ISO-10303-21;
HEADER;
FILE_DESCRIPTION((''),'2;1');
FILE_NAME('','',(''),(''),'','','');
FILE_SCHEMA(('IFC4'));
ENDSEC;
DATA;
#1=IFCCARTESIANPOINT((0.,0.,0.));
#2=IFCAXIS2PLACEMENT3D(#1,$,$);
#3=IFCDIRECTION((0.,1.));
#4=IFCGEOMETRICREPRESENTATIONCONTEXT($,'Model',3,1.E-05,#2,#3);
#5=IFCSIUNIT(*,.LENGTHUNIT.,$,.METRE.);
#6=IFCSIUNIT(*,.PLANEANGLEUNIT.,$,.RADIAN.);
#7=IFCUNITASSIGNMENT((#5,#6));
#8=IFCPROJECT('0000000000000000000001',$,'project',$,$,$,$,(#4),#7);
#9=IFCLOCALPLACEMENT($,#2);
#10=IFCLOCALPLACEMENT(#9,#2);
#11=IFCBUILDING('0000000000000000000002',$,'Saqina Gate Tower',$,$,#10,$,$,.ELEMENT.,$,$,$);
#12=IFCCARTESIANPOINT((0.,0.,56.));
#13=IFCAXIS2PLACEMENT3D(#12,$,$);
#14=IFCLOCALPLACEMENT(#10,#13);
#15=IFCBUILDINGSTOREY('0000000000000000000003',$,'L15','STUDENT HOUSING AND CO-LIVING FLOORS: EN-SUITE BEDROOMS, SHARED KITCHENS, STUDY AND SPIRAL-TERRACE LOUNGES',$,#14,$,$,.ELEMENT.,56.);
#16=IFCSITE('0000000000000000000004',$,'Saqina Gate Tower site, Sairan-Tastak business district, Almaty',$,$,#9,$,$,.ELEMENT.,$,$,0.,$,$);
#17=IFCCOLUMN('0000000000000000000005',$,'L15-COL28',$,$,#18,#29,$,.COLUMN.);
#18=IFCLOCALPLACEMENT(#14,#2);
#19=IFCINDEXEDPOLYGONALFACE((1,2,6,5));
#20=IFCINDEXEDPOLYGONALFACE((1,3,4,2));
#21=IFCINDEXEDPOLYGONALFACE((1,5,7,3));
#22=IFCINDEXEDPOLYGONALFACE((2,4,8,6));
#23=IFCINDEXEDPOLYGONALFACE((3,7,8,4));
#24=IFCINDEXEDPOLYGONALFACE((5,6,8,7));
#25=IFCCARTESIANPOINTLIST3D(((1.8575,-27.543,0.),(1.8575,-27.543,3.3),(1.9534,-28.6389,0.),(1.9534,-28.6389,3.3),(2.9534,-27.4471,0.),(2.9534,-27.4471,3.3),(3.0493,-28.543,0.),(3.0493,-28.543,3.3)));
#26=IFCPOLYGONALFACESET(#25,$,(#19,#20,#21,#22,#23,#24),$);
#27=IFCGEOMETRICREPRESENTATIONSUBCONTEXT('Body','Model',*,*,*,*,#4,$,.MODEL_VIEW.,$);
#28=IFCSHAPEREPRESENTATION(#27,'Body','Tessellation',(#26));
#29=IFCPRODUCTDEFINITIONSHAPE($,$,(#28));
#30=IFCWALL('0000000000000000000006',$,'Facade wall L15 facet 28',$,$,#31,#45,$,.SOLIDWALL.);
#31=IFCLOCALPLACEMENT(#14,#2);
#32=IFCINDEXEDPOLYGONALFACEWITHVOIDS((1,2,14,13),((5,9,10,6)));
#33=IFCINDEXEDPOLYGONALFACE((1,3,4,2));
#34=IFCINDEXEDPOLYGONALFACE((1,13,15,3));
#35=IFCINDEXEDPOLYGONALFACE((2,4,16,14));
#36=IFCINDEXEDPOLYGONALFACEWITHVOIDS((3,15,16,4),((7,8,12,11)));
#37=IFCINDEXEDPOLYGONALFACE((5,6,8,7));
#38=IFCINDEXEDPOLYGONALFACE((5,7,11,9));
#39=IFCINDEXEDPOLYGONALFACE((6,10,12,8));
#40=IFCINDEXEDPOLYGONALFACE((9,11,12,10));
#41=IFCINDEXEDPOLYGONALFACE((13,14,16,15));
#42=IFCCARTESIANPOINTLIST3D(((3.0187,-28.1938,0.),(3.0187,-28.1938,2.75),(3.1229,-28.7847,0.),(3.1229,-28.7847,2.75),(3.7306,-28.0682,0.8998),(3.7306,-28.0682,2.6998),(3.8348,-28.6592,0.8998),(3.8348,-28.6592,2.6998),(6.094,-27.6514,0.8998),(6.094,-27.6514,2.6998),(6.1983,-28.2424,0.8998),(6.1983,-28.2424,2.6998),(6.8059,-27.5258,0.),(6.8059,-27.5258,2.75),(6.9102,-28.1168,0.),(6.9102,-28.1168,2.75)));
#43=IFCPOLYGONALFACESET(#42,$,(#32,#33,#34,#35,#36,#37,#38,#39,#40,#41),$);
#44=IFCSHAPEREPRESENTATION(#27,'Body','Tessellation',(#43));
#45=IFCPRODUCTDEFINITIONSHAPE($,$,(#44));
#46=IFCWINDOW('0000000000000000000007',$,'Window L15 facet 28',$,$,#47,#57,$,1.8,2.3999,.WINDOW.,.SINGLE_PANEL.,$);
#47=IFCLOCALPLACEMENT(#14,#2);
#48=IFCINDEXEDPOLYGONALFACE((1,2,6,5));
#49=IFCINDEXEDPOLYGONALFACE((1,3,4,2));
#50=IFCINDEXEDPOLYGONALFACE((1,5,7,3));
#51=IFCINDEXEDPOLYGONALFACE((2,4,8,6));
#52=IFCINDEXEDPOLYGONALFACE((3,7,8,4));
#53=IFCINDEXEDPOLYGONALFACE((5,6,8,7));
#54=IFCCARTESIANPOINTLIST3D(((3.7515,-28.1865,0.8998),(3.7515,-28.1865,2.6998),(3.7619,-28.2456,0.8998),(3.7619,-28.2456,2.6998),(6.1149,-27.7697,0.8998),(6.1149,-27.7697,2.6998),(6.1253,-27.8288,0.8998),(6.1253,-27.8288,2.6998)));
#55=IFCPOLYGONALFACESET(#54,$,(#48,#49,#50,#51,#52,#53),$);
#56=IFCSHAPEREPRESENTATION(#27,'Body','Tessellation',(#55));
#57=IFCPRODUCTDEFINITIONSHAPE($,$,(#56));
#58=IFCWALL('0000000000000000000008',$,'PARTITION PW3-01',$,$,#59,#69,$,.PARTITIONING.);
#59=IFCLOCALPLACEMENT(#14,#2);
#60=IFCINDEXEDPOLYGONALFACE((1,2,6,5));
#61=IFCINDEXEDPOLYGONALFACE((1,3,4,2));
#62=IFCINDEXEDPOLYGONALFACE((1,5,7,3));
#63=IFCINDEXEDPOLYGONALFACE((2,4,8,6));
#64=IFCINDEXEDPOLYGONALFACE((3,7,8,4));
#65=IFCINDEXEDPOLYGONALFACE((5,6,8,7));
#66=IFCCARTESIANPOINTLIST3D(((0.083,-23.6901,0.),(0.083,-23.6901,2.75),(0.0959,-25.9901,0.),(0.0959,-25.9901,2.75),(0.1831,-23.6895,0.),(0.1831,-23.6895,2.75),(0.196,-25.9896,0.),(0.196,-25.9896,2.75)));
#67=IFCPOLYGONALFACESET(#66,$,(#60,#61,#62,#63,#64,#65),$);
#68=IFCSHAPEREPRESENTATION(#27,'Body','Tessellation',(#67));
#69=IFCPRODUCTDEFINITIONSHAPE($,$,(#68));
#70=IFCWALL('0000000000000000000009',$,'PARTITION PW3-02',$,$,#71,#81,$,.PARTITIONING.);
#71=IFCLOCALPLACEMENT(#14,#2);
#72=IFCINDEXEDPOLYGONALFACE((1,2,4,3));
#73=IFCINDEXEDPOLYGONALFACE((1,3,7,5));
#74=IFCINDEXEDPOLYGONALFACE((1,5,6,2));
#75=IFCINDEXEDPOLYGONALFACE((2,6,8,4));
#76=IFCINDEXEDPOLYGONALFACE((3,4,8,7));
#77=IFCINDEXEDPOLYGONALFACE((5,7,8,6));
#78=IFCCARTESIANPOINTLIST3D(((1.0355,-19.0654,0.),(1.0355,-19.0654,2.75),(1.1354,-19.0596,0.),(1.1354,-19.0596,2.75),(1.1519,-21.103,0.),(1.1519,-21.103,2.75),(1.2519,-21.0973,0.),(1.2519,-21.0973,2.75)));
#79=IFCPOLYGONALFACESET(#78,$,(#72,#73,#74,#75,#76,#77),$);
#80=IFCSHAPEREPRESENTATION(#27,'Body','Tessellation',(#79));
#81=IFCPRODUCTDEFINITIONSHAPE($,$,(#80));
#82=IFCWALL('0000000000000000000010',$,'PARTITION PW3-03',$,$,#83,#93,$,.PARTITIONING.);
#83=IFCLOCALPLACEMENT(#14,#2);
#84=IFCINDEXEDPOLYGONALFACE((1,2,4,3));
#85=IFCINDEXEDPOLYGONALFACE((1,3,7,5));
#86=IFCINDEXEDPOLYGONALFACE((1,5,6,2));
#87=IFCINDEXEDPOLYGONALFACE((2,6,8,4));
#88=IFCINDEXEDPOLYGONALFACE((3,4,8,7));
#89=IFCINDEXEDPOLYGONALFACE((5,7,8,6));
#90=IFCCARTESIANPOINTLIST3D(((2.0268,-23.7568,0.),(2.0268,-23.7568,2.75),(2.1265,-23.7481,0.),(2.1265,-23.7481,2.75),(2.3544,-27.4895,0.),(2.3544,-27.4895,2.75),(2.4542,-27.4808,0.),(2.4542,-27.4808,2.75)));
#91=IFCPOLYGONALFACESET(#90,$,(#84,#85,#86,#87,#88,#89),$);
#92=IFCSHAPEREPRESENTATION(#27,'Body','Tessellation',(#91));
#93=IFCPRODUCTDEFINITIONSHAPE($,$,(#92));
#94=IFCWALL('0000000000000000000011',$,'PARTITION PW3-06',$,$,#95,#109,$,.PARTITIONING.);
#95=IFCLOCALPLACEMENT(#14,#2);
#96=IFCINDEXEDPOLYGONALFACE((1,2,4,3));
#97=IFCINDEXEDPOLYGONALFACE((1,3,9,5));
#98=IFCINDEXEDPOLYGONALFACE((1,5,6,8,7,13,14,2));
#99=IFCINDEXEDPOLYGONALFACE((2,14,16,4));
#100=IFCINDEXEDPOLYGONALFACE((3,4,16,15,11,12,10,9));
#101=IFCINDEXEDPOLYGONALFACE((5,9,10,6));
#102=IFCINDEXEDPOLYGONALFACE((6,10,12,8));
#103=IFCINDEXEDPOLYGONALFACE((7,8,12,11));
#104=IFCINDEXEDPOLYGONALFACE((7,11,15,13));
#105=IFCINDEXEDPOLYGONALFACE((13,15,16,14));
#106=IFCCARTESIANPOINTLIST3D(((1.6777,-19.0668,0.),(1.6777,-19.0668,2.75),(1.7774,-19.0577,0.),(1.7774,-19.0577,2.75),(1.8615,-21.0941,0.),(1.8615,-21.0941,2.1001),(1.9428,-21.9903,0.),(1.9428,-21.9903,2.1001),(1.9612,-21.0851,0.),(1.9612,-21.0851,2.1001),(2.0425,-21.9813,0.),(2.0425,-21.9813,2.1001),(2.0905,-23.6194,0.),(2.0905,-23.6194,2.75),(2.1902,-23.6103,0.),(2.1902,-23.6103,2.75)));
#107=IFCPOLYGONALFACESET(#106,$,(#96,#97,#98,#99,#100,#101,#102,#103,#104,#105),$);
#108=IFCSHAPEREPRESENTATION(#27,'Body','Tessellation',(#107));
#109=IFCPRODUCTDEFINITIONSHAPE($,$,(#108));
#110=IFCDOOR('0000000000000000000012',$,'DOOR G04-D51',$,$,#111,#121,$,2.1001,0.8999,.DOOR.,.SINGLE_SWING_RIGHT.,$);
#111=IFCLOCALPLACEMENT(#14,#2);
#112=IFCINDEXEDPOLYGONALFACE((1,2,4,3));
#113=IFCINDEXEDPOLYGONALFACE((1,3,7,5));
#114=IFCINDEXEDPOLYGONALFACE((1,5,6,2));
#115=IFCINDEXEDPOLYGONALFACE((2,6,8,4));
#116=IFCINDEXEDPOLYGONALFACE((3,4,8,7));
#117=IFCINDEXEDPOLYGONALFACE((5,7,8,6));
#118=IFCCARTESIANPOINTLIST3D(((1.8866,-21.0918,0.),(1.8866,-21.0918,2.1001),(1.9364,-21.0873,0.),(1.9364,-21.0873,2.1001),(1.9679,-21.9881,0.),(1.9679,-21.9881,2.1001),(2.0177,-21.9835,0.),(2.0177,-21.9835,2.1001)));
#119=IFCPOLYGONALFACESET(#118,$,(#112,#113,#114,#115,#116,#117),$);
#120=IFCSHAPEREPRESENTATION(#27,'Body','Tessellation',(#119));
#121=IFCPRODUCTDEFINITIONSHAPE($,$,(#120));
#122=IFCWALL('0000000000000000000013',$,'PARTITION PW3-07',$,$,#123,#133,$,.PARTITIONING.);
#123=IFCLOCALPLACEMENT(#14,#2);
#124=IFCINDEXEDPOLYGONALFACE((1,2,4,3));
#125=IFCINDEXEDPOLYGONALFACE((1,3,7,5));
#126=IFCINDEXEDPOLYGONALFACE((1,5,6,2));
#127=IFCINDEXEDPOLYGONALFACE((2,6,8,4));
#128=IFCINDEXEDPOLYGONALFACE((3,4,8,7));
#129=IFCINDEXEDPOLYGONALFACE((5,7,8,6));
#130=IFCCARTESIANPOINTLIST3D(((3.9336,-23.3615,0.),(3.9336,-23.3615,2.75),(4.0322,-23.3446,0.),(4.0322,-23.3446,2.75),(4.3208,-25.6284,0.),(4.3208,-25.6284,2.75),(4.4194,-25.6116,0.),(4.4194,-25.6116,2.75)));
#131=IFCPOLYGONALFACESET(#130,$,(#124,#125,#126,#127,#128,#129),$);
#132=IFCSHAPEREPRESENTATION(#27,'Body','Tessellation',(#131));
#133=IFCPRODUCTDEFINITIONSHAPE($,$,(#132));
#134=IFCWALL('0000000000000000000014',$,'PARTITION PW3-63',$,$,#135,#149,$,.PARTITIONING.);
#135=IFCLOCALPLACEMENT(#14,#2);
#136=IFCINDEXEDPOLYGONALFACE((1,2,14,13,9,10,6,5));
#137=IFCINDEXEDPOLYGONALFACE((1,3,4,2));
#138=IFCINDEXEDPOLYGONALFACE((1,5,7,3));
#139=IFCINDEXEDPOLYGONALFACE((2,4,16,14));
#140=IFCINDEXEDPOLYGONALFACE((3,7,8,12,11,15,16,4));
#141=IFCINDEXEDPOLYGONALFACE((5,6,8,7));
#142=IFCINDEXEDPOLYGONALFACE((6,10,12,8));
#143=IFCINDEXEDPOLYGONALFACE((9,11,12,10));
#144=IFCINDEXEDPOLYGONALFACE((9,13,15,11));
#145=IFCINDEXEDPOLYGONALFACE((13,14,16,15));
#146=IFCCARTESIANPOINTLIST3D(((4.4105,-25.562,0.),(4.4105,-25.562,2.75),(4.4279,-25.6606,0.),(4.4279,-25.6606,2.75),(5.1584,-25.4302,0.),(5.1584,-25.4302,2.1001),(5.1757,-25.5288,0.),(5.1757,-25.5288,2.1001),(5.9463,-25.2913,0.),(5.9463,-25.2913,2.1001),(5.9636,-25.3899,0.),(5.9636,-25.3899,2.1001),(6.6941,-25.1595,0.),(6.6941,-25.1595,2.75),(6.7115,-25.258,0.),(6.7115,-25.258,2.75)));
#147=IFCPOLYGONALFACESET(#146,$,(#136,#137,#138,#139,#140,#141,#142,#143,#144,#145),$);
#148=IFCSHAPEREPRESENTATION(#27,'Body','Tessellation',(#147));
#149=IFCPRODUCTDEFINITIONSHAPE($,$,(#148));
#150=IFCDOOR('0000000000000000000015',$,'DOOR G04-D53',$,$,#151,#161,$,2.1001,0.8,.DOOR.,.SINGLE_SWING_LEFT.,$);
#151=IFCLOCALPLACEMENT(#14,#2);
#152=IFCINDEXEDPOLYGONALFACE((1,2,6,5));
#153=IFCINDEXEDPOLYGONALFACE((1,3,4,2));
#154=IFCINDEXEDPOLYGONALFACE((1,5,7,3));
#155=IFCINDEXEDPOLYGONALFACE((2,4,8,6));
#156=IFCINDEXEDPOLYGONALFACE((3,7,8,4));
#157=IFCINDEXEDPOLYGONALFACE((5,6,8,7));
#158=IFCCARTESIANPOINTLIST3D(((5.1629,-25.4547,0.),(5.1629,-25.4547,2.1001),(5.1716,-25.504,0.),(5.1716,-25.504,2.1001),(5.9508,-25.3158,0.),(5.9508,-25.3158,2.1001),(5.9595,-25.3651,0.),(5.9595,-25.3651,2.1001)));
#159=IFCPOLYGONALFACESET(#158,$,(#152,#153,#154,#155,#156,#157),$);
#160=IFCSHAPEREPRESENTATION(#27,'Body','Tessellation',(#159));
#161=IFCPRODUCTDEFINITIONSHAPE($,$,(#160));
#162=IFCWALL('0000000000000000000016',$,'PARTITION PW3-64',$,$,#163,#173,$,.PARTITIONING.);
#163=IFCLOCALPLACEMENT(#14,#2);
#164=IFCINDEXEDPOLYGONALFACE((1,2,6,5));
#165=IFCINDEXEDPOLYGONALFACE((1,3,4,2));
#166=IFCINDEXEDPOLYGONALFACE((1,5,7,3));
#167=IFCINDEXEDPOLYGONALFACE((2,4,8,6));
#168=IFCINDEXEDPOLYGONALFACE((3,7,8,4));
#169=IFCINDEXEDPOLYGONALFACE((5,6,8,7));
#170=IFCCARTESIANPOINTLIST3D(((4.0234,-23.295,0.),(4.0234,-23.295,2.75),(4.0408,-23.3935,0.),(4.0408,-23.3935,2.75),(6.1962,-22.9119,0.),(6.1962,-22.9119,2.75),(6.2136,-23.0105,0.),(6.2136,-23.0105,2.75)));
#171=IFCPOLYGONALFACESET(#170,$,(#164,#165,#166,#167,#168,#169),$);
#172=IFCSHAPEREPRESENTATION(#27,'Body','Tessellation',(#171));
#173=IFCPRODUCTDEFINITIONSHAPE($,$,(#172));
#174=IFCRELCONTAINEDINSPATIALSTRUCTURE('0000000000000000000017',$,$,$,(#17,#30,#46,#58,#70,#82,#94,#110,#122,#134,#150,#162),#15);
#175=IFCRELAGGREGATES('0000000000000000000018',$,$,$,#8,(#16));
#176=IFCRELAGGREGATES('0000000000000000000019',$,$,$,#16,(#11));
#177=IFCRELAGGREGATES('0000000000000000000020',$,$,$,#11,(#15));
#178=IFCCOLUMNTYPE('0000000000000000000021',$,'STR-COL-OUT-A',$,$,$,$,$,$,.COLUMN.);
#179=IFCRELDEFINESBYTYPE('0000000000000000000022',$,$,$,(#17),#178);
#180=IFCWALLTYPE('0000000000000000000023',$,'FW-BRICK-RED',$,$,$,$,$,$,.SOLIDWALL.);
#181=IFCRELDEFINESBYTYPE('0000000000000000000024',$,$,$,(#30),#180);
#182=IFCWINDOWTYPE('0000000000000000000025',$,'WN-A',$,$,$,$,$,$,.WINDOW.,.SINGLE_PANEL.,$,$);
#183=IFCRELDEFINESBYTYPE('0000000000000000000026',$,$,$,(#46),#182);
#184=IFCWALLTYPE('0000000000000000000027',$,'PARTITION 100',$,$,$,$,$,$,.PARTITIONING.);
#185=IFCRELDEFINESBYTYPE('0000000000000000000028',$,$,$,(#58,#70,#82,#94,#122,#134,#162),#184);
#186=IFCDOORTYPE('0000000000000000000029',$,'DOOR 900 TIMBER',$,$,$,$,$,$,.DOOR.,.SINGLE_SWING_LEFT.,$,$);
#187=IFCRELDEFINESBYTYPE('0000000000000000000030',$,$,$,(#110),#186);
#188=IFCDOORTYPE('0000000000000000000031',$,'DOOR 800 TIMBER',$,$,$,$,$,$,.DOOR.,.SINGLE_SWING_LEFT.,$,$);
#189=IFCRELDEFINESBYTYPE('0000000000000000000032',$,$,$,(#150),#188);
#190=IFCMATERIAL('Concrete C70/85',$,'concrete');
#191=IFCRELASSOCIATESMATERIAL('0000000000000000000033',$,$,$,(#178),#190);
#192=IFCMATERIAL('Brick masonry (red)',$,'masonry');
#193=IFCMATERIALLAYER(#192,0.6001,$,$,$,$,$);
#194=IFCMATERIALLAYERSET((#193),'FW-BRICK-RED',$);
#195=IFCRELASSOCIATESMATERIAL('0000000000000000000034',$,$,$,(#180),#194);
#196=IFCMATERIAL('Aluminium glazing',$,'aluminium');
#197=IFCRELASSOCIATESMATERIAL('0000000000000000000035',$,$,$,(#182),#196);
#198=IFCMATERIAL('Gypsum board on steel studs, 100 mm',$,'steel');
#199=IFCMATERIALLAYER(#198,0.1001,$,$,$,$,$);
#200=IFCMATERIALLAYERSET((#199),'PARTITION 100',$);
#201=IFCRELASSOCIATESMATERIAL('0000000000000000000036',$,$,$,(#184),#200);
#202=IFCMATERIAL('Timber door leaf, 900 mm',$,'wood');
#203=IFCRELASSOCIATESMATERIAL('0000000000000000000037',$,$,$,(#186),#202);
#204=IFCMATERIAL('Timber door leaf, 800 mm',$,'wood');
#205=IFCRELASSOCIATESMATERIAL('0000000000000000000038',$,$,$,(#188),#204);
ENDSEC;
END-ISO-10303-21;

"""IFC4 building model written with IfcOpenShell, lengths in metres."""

from ifc_helpers import new_model, si_unit, direction, frame, frame_2d, origin, origin_2d, place, context, subcontext, project, spatial, rectangle, extrude, material, layer, layer_set, material_profile, profile_set, type_object, element, fill, save


model = new_model("IFC4")

# Units and contexts
model_context = context("Model", 3, precision=1e-05, world=origin(), true_north=direction((0.0, 1.0)))
body_context = subcontext(model_context, "Body", "Model", "MODEL_VIEW")
ifc_project = project(units=[si_unit("LENGTHUNIT", "METRE"), si_unit("PLANEANGLEUNIT", "RADIAN")], contexts=[model_context])

# Site, building, storey
site_placement = place(None, origin())
site = spatial("IfcSite", under=ifc_project, at=site_placement, Name="Saqina Gate Tower site, Sairan-Tastak business district, Almaty", CompositionType="ELEMENT", RefElevation=0.0)
building_placement = place(site_placement, origin())
building = spatial("IfcBuilding", under=site, at=building_placement, Name="Saqina Gate Tower", CompositionType="ELEMENT")
storey_placement = place(building_placement, frame((0.0, 0.0, 56.0)))
storey = spatial("IfcBuildingStorey", under=building, at=storey_placement, Name="L15", Description="STUDENT HOUSING AND CO-LIVING FLOORS: EN-SUITE BEDROOMS, SHARED KITCHENS, STUDY AND SPIRAL-TERRACE LOUNGES", CompositionType="ELEMENT", Elevation=56.0)

# Column
ifc_material_1 = material(Name="Concrete C70/85", Category="concrete")
ifc_material_profile = material_profile(ifc_material_1, rectangle(XDim=1.1001, YDim=1.1001, at=origin_2d()), Name="RC 1100x1100")
ifc_profile_set = profile_set([ifc_material_profile], Name="Concrete C70/85")
column_type = type_object("IfcColumnType", Name="STR-COL-OUT-A", PredefinedType="COLUMN", material=ifc_profile_set)
column_placement = place(storey_placement, frame((2.4534, -28.043, 0.0), z_axis=(0.0, 0.0, 1.0), x_axis=(0.087156, -0.996195, 0.0)))
element("IfcColumn", 1, at=column_placement, inside=storey, type_object=column_type, Name="L15-COL28", PredefinedType="COLUMN", context=body_context, shape_type="SweptSolid", body=[
    extrude(rectangle(XDim=1.1001, YDim=1.1001, at=origin_2d()), origin(), (0.0, 0.0, 1.0), 3.3),
])

# Wall, opening, window
ifc_material_2 = material(Name="Brick masonry (red)", Category="masonry")
ifc_layer_1 = layer(ifc_material_2, 0.6001)
ifc_layer_set_1 = layer_set([ifc_layer_1], Name="FW-BRICK-RED")
wall_type_1 = type_object("IfcWallType", Name="FW-BRICK-RED", PredefinedType="SOLIDWALL", material=ifc_layer_set_1)
wall_1_placement = place(storey_placement, frame((3.0708, -28.4893, 0.0), z_axis=(0.0, 0.0, 1.0), x_axis=(0.984801, 0.173688, 0.0)))
wall_1 = element("IfcWall", 2, at=wall_1_placement, inside=storey, type_object=wall_type_1, Name="Facade wall L15 facet 28", PredefinedType="SOLIDWALL", context=body_context, shape_type="SweptSolid", body=[
    extrude(rectangle(XDim=3.8457, YDim=0.6001, at=frame_2d((1.9229, 0.0))), origin(), (0.0, 0.0, 1.0), 2.75),
])
opening_1_placement = place(wall_1_placement, frame((0.7229, 0.0, 0.8999)))
opening_1 = element("IfcOpeningElement", 3, at=opening_1_placement, cuts=wall_1, PredefinedType="OPENING", context=body_context, shape_type="SweptSolid", body=[
    extrude(rectangle(XDim=2.3999, YDim=1.8, at=frame_2d((1.2, 0.8999))), frame((0.0, 0.312, 0.0), z_axis=(0.0, -1.0, 0.0), x_axis=(1.0, 0.0, 0.0)), (0.0, 0.0, 1.0), 0.624),
])
ifc_material_3 = material(Name="Aluminium glazing", Category="aluminium")
window_type = type_object("IfcWindowType", Name="WN-A", PartitioningType="SINGLE_PANEL", PredefinedType="WINDOW", material=ifc_material_3)
window_placement = place(opening_1_placement, origin())
window = element("IfcWindow", 4, at=window_placement, inside=storey, type_object=window_type, Name="Window L15 facet 28", OverallHeight=1.8, OverallWidth=2.3999, PartitioningType="SINGLE_PANEL", PredefinedType="WINDOW", context=body_context, shape_type="SweptSolid", body=[
    extrude(rectangle(XDim=2.3999, YDim=1.8, at=frame_2d((1.2, 0.8999))), frame((0.0, 0.1799, 0.0), z_axis=(0.0, -1.0, 0.0), x_axis=(1.0, 0.0, 0.0)), (0.0, 0.0, 1.0), 0.0601),
])
fill(opening_1, window)

# Walls
ifc_material_4 = material(Name="Gypsum board on steel studs, 100 mm", Category="steel")
ifc_layer_2 = layer(ifc_material_4, 0.1001)
ifc_layer_set_2 = layer_set([ifc_layer_2], Name="PARTITION 100")
wall_type_2 = type_object("IfcWallType", Name="PARTITION 100", PredefinedType="PARTITIONING", material=ifc_layer_set_2)
wall_2_placement = place(storey_placement, frame((0.1331, -23.6899, 0.0), z_axis=(0.0, 0.0, 1.0), x_axis=(0.005626, -0.999984, 0.0)))
element("IfcWall", 5, at=wall_2_placement, inside=storey, type_object=wall_type_2, Name="PARTITION PW3-01", PredefinedType="PARTITIONING", context=body_context, shape_type="SweptSolid", body=[
    extrude(rectangle(XDim=2.3, YDim=0.1001, at=frame_2d((1.1499, 0.0))), origin(), (0.0, 0.0, 1.0), 2.75),
])
wall_3_placement = place(storey_placement, frame((1.0854, -19.0625, 0.0), z_axis=(0.0, 0.0, 1.0), x_axis=(0.05706, -0.998371, 0.0)))
element("IfcWall", 6, at=wall_3_placement, inside=storey, type_object=wall_type_2, Name="PARTITION PW3-02", PredefinedType="PARTITIONING", context=body_context, shape_type="SweptSolid", body=[
    extrude(rectangle(XDim=2.041, YDim=0.1001, at=frame_2d((1.0205, 0.0))), origin(), (0.0, 0.0, 1.0), 2.75),
])
wall_4_placement = place(storey_placement, frame((2.0767, -23.7524, 0.0), z_axis=(0.0, 0.0, 1.0), x_axis=(0.087439, -0.99617, 0.0)))
element("IfcWall", 7, at=wall_4_placement, inside=storey, type_object=wall_type_2, Name="PARTITION PW3-03", PredefinedType="PARTITIONING", context=body_context, shape_type="SweptSolid", body=[
    extrude(rectangle(XDim=3.7471, YDim=0.1001, at=frame_2d((1.8735, 0.0))), origin(), (0.0, 0.0, 1.0), 2.75),
])

# Wall, opening, door
wall_5_placement = place(storey_placement, frame((1.7275, -19.0623, 0.0), z_axis=(0.0, 0.0, 1.0), x_axis=(0.090314, -0.995913, 0.0)))
wall_5 = element("IfcWall", 8, at=wall_5_placement, inside=storey, type_object=wall_type_2, Name="PARTITION PW3-06", PredefinedType="PARTITIONING", context=body_context, shape_type="SweptSolid", body=[
    extrude(rectangle(XDim=4.5713, YDim=0.1001, at=frame_2d((2.2856, 0.0))), origin(), (0.0, 0.0, 1.0), 2.75),
])
opening_2_placement = place(wall_5_placement, frame((2.0356, 0.0, 0.0)))
opening_2 = element("IfcOpeningElement", 9, at=opening_2_placement, cuts=wall_5, PredefinedType="OPENING", context=body_context, shape_type="SweptSolid", body=[
    extrude(rectangle(XDim=0.8999, YDim=2.1001, at=frame_2d((0.45, 1.05))), frame((0.0, 0.062, 0.0), z_axis=(0.0, -1.0, 0.0), x_axis=(1.0, 0.0, 0.0)), (0.0, 0.0, 1.0), 0.124),
])
ifc_material_5 = material(Name="Timber door leaf, 900 mm", Category="wood")
door_type_1 = type_object("IfcDoorType", Name="DOOR 900 TIMBER", OperationType="SINGLE_SWING_LEFT", PredefinedType="DOOR", material=ifc_material_5)
door_1_placement = place(opening_2_placement, frame((0.8999, 0.0, 0.0), z_axis=(0.0, 0.0, 1.0), x_axis=(-1.0, 0.0, 0.0)))
door_1 = element("IfcDoor", 10, at=door_1_placement, inside=storey, type_object=door_type_1, Name="DOOR G04-D51", OperationType="SINGLE_SWING_RIGHT", OverallHeight=2.1001, OverallWidth=0.8999, PredefinedType="DOOR", context=body_context, shape_type="SweptSolid", body=[
    extrude(rectangle(XDim=0.8999, YDim=2.1001, at=frame_2d((0.45, 1.05))), frame((0.0, 0.0249, 0.0), z_axis=(0.0, -1.0, 0.0), x_axis=(1.0, 0.0, 0.0)), (0.0, 0.0, 1.0), 0.05),
])
fill(opening_2, door_1)

# Wall
wall_6_placement = place(storey_placement, frame((3.9829, -23.353, 0.0), z_axis=(0.0, 0.0, 1.0), x_axis=(0.168357, -0.985726, 0.0)))
element("IfcWall", 11, at=wall_6_placement, inside=storey, type_object=wall_type_2, Name="PARTITION PW3-07", PredefinedType="PARTITIONING", context=body_context, shape_type="SweptSolid", body=[
    extrude(rectangle(XDim=2.2998, YDim=0.1001, at=frame_2d((1.1499, 0.0))), origin(), (0.0, 0.0, 1.0), 2.75),
])

# Wall, opening, door
wall_7_placement = place(storey_placement, frame((4.4192, -25.6113, 0.0), z_axis=(0.0, 0.0, 1.0), x_axis=(0.984814, 0.173611, 0.0)))
wall_7 = element("IfcWall", 12, at=wall_7_placement, inside=storey, type_object=wall_type_2, Name="PARTITION PW3-63", PredefinedType="PARTITIONING", context=body_context, shape_type="SweptSolid", body=[
    extrude(rectangle(XDim=2.3188, YDim=0.1001, at=frame_2d((1.1594, 0.0))), origin(), (0.0, 0.0, 1.0), 2.75),
])
opening_3_placement = place(wall_7_placement, frame((0.7595, 0.0, 0.0)))
opening_3 = element("IfcOpeningElement", 13, at=opening_3_placement, cuts=wall_7, PredefinedType="OPENING", context=body_context, shape_type="SweptSolid", body=[
    extrude(rectangle(XDim=0.8, YDim=2.1001, at=frame_2d((0.3999, 1.05))), frame((0.0, 0.062, 0.0), z_axis=(0.0, -1.0, 0.0), x_axis=(1.0, 0.0, 0.0)), (0.0, 0.0, 1.0), 0.124),
])
ifc_material_6 = material(Name="Timber door leaf, 800 mm", Category="wood")
door_type_2 = type_object("IfcDoorType", Name="DOOR 800 TIMBER", OperationType="SINGLE_SWING_LEFT", PredefinedType="DOOR", material=ifc_material_6)
door_2_placement = place(opening_3_placement, frame((0.8, 0.0, 0.0), z_axis=(0.0, 0.0, 1.0), x_axis=(-1.0, 0.0, 0.0)))
door_2 = element("IfcDoor", 14, at=door_2_placement, inside=storey, type_object=door_type_2, Name="DOOR G04-D53", OperationType="SINGLE_SWING_LEFT", OverallHeight=2.1001, OverallWidth=0.8, PredefinedType="DOOR", context=body_context, shape_type="SweptSolid", body=[
    extrude(rectangle(XDim=0.8, YDim=2.1001, at=frame_2d((0.3999, 1.05))), frame((0.0, 0.0249, 0.0), z_axis=(0.0, -1.0, 0.0), x_axis=(1.0, 0.0, 0.0)), (0.0, 0.0, 1.0), 0.05),
])
fill(opening_3, door_2)

# Wall
wall_8_placement = place(storey_placement, frame((4.0322, -23.3442, 0.0), z_axis=(0.0, 0.0, 1.0), x_axis=(0.984814, 0.173615, 0.0)))
element("IfcWall", 15, at=wall_8_placement, inside=storey, type_object=wall_type_2, Name="PARTITION PW3-64", PredefinedType="PARTITIONING", context=body_context, shape_type="SweptSolid", body=[
    extrude(rectangle(XDim=2.2063, YDim=0.1001, at=frame_2d((1.103, 0.0))), origin(), (0.0, 0.0, 1.0), 2.75),
])

save(model, "model.ifc")
